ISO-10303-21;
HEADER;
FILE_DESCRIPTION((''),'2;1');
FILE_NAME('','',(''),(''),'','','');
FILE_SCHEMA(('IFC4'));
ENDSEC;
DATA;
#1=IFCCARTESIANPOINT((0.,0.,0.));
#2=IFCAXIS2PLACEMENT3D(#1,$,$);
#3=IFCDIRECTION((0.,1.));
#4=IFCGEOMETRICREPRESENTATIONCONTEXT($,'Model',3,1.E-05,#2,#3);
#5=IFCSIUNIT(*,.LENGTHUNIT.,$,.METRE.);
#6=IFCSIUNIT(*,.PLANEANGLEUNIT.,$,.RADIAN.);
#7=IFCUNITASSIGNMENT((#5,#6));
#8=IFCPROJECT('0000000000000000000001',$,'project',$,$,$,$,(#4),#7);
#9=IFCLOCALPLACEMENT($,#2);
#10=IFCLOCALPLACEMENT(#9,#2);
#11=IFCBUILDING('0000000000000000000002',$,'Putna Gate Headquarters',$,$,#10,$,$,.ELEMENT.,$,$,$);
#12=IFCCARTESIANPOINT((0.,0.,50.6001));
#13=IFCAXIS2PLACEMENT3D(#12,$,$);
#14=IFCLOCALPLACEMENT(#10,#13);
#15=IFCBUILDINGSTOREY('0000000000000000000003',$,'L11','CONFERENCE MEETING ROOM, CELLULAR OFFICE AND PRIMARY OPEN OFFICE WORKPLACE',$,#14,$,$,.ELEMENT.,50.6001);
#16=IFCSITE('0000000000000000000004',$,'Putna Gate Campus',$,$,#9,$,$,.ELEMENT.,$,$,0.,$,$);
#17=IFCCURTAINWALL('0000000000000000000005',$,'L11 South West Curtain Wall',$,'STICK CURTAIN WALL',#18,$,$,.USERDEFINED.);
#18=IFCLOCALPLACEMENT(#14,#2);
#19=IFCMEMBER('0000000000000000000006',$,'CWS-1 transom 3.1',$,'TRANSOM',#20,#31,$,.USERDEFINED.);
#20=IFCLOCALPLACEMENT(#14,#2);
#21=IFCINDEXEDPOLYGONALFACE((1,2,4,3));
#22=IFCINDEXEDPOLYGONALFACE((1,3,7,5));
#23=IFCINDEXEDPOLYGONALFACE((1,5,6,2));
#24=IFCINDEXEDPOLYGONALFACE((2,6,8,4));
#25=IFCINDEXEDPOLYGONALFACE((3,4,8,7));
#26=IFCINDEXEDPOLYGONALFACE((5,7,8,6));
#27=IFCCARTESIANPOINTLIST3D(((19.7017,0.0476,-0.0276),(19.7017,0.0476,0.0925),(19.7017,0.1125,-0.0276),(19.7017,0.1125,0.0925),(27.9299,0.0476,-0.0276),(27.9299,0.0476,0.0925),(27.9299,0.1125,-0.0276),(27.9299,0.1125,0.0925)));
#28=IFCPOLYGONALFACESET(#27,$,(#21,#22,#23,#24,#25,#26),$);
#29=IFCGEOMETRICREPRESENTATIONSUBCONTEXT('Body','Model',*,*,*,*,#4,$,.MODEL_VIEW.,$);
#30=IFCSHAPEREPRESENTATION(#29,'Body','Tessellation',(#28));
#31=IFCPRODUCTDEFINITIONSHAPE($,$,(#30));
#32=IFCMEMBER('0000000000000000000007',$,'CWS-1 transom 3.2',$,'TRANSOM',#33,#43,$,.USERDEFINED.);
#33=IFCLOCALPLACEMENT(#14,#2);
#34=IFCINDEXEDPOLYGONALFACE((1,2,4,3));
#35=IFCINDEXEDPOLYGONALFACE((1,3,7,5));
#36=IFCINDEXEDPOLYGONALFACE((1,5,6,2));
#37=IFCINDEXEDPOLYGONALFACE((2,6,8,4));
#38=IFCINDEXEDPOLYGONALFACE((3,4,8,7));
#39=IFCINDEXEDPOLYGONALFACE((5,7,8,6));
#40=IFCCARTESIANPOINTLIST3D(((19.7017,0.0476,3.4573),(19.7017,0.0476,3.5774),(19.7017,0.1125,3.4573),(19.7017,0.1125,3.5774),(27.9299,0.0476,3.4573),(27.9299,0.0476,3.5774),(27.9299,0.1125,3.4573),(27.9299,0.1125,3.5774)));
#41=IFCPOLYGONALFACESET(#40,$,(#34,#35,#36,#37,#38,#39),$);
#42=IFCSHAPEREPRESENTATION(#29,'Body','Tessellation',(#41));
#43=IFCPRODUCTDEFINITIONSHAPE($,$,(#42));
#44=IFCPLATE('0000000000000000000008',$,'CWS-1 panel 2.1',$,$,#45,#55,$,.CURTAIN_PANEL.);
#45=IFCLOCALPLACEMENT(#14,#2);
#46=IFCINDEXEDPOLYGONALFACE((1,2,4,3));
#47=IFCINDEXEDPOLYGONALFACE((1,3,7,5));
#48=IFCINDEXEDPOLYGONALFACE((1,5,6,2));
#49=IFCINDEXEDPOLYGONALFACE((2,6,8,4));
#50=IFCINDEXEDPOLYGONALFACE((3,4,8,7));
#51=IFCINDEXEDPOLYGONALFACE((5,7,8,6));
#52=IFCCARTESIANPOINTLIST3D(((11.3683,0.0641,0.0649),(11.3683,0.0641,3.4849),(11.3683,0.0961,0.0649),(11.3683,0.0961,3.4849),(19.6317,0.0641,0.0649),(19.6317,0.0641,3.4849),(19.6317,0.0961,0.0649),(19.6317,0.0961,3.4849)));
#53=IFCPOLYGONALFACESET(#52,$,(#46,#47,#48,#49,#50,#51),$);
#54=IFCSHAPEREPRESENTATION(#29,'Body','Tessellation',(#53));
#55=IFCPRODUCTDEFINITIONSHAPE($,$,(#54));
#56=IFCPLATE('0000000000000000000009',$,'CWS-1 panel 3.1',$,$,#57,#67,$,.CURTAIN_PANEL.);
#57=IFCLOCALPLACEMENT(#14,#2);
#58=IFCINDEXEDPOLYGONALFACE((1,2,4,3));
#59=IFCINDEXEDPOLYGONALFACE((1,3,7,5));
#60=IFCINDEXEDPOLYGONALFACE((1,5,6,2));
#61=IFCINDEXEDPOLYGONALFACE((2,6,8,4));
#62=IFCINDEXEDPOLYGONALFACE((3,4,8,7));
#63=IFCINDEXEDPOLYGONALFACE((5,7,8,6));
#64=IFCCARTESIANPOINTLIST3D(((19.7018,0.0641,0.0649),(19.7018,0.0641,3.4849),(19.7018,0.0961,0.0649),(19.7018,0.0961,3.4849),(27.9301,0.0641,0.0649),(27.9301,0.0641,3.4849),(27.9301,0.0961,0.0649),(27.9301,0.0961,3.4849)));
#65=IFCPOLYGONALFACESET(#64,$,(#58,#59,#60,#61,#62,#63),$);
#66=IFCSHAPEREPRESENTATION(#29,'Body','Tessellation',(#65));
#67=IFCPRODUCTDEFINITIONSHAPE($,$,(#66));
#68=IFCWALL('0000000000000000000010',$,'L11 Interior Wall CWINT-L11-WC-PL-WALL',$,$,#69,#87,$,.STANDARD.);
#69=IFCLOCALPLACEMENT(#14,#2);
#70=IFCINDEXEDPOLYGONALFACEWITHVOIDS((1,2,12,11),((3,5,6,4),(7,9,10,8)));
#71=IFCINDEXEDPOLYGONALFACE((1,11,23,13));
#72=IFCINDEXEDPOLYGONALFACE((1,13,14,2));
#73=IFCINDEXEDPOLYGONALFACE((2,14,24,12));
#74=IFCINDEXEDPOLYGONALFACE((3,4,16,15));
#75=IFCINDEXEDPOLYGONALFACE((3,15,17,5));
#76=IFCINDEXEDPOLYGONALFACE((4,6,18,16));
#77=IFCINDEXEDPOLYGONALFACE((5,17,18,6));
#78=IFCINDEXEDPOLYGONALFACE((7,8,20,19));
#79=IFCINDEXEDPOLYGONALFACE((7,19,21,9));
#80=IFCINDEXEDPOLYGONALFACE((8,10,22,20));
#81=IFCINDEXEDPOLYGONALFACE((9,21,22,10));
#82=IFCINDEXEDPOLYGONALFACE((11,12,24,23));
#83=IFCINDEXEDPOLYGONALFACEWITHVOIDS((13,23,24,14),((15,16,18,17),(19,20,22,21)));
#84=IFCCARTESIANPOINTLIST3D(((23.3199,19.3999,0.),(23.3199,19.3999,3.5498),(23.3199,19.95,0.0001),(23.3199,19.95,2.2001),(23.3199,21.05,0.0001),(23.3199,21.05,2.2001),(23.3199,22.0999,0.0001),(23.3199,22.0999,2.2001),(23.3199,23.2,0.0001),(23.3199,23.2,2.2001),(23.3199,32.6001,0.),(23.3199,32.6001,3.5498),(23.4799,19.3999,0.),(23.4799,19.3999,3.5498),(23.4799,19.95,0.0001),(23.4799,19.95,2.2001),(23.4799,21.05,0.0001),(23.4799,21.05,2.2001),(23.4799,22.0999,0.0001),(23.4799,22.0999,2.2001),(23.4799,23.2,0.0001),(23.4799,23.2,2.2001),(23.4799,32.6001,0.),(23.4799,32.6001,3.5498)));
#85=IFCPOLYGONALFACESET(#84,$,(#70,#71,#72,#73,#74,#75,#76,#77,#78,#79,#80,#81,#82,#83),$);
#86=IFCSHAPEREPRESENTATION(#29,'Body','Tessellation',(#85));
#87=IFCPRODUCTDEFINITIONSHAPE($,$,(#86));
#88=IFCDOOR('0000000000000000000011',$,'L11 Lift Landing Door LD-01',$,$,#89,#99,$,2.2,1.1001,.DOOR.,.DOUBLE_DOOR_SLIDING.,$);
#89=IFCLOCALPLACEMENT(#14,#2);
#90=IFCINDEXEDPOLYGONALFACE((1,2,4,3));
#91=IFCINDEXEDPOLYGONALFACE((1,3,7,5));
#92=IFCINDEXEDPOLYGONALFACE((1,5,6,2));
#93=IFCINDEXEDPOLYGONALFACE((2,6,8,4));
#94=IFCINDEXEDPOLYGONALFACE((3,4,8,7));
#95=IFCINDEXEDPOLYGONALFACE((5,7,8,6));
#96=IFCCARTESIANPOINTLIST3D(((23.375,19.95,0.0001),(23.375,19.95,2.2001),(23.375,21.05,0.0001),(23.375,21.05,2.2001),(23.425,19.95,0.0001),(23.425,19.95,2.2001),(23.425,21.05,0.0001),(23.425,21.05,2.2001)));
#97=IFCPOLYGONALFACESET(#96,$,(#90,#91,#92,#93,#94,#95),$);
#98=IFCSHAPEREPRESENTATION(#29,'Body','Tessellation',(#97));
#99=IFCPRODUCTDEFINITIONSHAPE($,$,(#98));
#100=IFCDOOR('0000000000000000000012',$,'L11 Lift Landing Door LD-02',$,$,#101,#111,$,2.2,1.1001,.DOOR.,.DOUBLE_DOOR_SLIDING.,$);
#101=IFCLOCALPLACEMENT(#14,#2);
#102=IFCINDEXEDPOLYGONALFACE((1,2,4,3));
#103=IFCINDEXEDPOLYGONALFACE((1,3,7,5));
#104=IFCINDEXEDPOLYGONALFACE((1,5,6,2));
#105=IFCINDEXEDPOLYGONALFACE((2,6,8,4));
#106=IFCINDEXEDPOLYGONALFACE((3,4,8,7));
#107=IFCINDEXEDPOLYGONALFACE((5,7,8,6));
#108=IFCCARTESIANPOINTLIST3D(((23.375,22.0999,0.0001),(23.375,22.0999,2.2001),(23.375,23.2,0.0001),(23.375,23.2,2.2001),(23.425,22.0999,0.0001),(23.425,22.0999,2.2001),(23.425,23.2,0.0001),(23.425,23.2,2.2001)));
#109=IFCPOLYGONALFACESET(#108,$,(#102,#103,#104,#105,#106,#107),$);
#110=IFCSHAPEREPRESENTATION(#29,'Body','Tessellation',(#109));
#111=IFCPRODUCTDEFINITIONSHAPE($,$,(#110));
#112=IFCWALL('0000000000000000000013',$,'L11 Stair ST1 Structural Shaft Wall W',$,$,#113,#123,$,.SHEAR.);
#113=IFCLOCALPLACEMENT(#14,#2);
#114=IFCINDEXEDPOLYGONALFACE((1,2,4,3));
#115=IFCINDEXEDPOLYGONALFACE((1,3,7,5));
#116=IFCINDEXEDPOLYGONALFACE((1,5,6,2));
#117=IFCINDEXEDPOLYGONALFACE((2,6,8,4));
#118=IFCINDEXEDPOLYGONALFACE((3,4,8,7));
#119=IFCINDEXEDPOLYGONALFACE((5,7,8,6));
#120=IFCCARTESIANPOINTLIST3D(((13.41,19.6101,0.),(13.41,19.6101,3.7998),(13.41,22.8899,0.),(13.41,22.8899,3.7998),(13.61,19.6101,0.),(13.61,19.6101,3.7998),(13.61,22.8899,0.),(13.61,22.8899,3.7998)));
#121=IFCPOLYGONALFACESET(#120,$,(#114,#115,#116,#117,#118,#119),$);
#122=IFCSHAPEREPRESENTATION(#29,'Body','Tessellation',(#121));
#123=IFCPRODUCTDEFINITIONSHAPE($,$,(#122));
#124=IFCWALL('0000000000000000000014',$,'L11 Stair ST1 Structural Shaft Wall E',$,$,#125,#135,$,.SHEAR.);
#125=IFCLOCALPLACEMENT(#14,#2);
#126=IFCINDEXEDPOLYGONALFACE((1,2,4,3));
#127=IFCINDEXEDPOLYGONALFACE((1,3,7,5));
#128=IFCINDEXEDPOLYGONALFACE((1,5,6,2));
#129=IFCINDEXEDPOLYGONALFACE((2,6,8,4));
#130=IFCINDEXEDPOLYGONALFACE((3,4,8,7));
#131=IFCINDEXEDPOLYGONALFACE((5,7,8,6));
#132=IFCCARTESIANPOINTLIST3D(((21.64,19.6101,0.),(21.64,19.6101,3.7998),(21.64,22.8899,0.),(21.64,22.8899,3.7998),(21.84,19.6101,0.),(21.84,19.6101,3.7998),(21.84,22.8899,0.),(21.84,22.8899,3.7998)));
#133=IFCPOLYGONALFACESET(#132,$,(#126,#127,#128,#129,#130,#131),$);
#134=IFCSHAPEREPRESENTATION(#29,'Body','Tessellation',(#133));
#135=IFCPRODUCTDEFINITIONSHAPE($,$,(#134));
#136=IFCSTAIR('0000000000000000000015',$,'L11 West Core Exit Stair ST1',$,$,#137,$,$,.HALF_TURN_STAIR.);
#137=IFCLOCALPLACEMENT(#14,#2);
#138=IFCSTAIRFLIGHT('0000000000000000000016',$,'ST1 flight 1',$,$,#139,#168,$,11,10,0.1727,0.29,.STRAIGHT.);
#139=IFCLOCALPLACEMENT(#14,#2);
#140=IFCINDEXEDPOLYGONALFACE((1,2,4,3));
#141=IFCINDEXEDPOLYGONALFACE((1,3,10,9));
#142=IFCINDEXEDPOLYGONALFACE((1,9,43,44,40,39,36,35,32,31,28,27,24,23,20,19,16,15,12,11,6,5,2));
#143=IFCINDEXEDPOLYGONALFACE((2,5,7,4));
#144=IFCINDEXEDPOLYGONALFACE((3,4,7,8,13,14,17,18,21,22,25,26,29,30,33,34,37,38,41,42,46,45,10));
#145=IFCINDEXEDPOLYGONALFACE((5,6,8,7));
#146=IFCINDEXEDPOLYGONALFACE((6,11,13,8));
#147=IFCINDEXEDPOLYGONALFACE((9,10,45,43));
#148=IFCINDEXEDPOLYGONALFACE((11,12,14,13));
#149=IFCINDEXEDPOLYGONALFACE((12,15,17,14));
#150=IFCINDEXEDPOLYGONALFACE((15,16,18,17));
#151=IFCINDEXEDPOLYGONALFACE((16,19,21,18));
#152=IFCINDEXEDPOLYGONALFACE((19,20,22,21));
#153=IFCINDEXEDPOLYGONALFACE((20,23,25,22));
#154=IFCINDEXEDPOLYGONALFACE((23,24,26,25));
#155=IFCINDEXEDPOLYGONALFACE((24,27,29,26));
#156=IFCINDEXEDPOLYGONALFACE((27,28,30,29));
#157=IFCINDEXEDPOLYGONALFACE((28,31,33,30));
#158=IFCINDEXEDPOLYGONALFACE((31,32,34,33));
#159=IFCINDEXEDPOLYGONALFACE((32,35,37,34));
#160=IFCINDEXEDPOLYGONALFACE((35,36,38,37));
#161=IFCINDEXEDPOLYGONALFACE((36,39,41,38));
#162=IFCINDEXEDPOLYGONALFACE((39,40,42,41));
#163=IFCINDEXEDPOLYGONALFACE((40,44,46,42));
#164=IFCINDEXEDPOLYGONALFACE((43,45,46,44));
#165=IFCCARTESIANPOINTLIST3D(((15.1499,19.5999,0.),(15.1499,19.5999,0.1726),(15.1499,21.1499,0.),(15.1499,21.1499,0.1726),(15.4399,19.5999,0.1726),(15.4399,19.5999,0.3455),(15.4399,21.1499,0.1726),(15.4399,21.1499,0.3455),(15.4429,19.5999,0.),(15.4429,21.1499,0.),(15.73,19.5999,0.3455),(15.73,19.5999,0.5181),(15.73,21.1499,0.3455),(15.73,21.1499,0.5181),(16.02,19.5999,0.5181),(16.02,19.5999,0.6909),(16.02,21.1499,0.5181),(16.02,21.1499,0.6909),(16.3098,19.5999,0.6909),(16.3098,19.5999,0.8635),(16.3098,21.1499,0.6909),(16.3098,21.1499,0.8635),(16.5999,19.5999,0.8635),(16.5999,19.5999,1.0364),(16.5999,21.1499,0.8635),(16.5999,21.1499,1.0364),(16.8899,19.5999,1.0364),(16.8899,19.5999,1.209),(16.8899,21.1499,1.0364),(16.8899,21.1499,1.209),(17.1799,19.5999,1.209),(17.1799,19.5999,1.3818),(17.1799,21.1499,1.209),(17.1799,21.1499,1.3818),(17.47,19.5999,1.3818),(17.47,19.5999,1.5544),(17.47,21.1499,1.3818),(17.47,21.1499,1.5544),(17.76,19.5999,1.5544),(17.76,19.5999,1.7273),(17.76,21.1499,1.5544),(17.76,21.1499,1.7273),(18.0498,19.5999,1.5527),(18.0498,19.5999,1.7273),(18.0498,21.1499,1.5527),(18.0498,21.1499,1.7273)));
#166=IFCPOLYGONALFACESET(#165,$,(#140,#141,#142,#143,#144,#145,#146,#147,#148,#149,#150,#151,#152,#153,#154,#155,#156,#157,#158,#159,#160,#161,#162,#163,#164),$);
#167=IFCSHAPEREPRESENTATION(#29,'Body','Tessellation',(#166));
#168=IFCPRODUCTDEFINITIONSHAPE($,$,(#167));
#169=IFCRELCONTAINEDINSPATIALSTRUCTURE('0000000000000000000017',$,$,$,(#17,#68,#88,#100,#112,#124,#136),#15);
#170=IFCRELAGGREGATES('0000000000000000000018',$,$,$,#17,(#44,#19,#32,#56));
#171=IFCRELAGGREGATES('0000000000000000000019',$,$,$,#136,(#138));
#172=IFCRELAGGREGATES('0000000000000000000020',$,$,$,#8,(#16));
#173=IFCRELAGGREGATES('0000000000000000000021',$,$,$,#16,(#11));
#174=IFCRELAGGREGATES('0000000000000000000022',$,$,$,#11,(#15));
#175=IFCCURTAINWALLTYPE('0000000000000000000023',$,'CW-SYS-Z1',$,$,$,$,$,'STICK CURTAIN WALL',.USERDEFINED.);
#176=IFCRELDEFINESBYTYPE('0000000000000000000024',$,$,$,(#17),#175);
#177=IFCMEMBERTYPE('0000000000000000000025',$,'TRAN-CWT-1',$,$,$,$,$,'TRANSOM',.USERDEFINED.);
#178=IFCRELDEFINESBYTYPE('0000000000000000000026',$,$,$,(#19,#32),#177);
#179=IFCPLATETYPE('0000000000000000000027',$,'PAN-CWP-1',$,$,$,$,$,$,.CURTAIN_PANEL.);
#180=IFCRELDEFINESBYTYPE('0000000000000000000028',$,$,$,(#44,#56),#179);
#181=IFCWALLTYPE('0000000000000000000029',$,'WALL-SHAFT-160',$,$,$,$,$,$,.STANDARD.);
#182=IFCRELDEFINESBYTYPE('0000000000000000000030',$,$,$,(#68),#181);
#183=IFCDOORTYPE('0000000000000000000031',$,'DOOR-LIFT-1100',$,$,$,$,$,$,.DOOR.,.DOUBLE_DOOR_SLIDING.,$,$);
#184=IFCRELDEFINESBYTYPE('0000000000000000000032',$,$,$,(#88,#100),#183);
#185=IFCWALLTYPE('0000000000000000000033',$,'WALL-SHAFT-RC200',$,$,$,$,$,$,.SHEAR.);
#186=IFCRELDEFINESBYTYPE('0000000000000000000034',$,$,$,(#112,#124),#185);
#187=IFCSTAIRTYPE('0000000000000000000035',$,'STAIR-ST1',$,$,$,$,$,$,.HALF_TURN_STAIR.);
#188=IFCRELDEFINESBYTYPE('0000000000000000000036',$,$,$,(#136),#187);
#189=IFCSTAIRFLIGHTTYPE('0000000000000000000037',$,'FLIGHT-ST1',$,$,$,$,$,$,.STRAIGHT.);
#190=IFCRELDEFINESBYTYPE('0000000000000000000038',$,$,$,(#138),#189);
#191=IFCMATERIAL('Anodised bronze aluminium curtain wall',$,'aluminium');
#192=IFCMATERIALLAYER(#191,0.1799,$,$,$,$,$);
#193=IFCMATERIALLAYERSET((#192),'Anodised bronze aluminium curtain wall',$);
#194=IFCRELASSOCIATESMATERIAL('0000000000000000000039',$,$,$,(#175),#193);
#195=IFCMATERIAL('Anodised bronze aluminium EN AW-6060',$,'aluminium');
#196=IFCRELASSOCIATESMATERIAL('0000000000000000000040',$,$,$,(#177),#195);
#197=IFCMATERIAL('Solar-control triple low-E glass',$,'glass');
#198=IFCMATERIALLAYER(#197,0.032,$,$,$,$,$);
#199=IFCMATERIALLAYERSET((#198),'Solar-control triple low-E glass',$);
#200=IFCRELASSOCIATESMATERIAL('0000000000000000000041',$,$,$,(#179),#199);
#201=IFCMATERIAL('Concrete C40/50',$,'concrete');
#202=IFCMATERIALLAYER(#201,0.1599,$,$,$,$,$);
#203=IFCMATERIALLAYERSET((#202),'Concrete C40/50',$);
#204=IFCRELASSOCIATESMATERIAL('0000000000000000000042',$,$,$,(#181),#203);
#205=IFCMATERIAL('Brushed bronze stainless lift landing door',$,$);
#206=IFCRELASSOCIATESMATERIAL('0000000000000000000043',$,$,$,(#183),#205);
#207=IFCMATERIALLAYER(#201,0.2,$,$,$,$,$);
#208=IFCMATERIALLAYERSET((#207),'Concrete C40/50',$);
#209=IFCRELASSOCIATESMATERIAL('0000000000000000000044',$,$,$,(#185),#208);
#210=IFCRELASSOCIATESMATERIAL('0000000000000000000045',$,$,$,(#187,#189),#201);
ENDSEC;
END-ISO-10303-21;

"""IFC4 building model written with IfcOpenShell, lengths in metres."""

from ifc_helpers import new_model, si_unit, direction, frame, frame_2d, origin, origin_2d, place, context, subcontext, project, spatial, polyline, rectangle, outline, extrude, material, layer, layer_set, material_profile, profile_set, type_object, element, fill, aggregate, save


model = new_model("IFC4")

# Units and contexts
model_context = context("Model", 3, precision=1e-05, world=origin(), true_north=direction((0.0, 1.0)))
body_context = subcontext(model_context, "Body", "Model", "MODEL_VIEW")
ifc_project = project(units=[si_unit("LENGTHUNIT", "METRE"), si_unit("PLANEANGLEUNIT", "RADIAN")], contexts=[model_context])

# Site, building, storey
site_placement = place(None, origin())
site = spatial("IfcSite", under=ifc_project, at=site_placement, Name="Putna Gate Campus", CompositionType="ELEMENT", RefElevation=0.0)
building_placement = place(site_placement, origin())
building = spatial("IfcBuilding", under=site, at=building_placement, Name="Putna Gate Headquarters", CompositionType="ELEMENT")
storey_placement = place(building_placement, frame((0.0, 0.0, 50.6001)))
storey = spatial("IfcBuildingStorey", under=building, at=storey_placement, Name="L11", Description="CONFERENCE MEETING ROOM, CELLULAR OFFICE AND PRIMARY OPEN OFFICE WORKPLACE", CompositionType="ELEMENT", Elevation=50.6001)

# Curtain wall, members, plates
ifc_material_1 = material(Name="Anodised bronze aluminium curtain wall", Category="aluminium")
ifc_layer_1 = layer(ifc_material_1, 0.1799)
ifc_layer_set_1 = layer_set([ifc_layer_1], Name="Anodised bronze aluminium curtain wall")
curtain_wall_type = type_object("IfcCurtainWallType", Name="CW-SYS-Z1", ElementType="STICK CURTAIN WALL", PredefinedType="USERDEFINED", material=ifc_layer_set_1)
curtain_wall_placement = place(storey_placement, origin())
curtain_wall = element("IfcCurtainWall", 1, at=curtain_wall_placement, inside=storey, type_object=curtain_wall_type, Name="L11 South West Curtain Wall", ObjectType="STICK CURTAIN WALL", PredefinedType="USERDEFINED")
ifc_material_2 = material(Name="Anodised bronze aluminium EN AW-6060", Category="aluminium")
ifc_material_profile_1 = material_profile(ifc_material_2, rectangle(XDim=0.0649, YDim=0.1201, at=origin_2d()), Name="Anodised bronze aluminium EN AW-6060")
ifc_profile_set_1 = profile_set([ifc_material_profile_1], Name="Anodised bronze aluminium EN AW-6060")
member_type_1 = type_object("IfcMemberType", Name="TRAN-CWT-1", ElementType="TRANSOM", PredefinedType="USERDEFINED", material=ifc_profile_set_1)
member_1_placement = place(storey_placement, frame((19.7017, 0.0801, 0.0325), z_axis=(1.0, 0.0, 0.0), x_axis=(0.0, 1.0, 0.0)))
member_1 = element("IfcMember", 2, at=member_1_placement, type_object=member_type_1, Name="CWS-1 transom 3.1", ObjectType="TRANSOM", PredefinedType="USERDEFINED", context=body_context, shape_type="SweptSolid", body=[
    extrude(rectangle(XDim=0.0649, YDim=0.1201, at=origin_2d()), origin(), (0.0, 0.0, 1.0), 8.2283),
])
member_2_placement = place(storey_placement, frame((19.7017, 0.0801, 3.5173), z_axis=(1.0, 0.0, 0.0), x_axis=(0.0, 1.0, 0.0)))
member_2 = element("IfcMember", 3, at=member_2_placement, type_object=member_type_1, Name="CWS-1 transom 3.2", ObjectType="TRANSOM", PredefinedType="USERDEFINED", context=body_context, shape_type="SweptSolid", body=[
    extrude(rectangle(XDim=0.0649, YDim=0.1201, at=origin_2d()), origin(), (0.0, 0.0, 1.0), 8.2283),
])
ifc_material_3 = material(Name="Solar-control triple low-E glass", Category="glass")
ifc_layer_2 = layer(ifc_material_3, 0.032)
ifc_layer_set_2 = layer_set([ifc_layer_2], Name="Solar-control triple low-E glass")
plate_type = type_object("IfcPlateType", Name="PAN-CWP-1", PredefinedType="CURTAIN_PANEL", material=ifc_layer_set_2)
plate_1_placement = place(storey_placement, frame((15.5, 0.0801, 0.0649), z_axis=(0.0, 0.0, 1.0), x_axis=(1.0, 0.0, 0.0)))
plate_1 = element("IfcPlate", 4, at=plate_1_placement, type_object=plate_type, Name="CWS-1 panel 2.1", PredefinedType="CURTAIN_PANEL", context=body_context, shape_type="SweptSolid", body=[
    extrude(rectangle(XDim=8.2634, YDim=0.032, at=origin_2d()), origin(), (0.0, 0.0, 1.0), 3.4199),
])
plate_2_placement = place(storey_placement, frame((23.8159, 0.0801, 0.0649), z_axis=(0.0, 0.0, 1.0), x_axis=(1.0, 0.0, 0.0)))
plate_2 = element("IfcPlate", 5, at=plate_2_placement, type_object=plate_type, Name="CWS-1 panel 3.1", PredefinedType="CURTAIN_PANEL", context=body_context, shape_type="SweptSolid", body=[
    extrude(rectangle(XDim=8.2283, YDim=0.032, at=origin_2d()), origin(), (0.0, 0.0, 1.0), 3.4199),
])
aggregate(curtain_wall, [plate_1, member_1, member_2, plate_2])

# Wall, openings, doors
ifc_material_4 = material(Name="Concrete C40/50", Category="concrete")
ifc_layer_3 = layer(ifc_material_4, 0.1599)
ifc_layer_set_3 = layer_set([ifc_layer_3], Name="Concrete C40/50")
wall_type_1 = type_object("IfcWallType", Name="WALL-SHAFT-160", PredefinedType="STANDARD", material=ifc_layer_set_3)
wall_placement = place(storey_placement, frame((23.3999, 19.3999, 0.0), z_axis=(0.0, 0.0, 1.0), x_axis=(0.0, 1.0, 0.0)))
wall = element("IfcWall", 6, at=wall_placement, inside=storey, type_object=wall_type_1, Name="L11 Interior Wall CWINT-L11-WC-PL-WALL", PredefinedType="STANDARD", context=body_context, shape_type="SweptSolid", body=[
    extrude(rectangle(XDim=13.2002, YDim=0.1599, at=frame_2d((6.6001, 0.0))), origin(), (0.0, 0.0, 1.0), 3.5498),
])
opening_1_placement = place(wall_placement, frame((0.55, 0.0, 0.0)))
opening_1 = element("IfcOpeningElement", 7, at=opening_1_placement, cuts=wall, PredefinedType="OPENING", context=body_context, shape_type="SweptSolid", body=[
    extrude(rectangle(XDim=1.1001, YDim=2.2, at=frame_2d((0.55, 1.1001))), frame((0.0, 0.0898, 0.0), z_axis=(0.0, -1.0, 0.0), x_axis=(1.0, 0.0, 0.0)), (0.0, 0.0, 1.0), 0.1799),
])
opening_2_placement = place(wall_placement, frame((2.7, 0.0, 0.0)))
opening_2 = element("IfcOpeningElement", 8, at=opening_2_placement, cuts=wall, PredefinedType="OPENING", context=body_context, shape_type="SweptSolid", body=[
    extrude(rectangle(XDim=1.1001, YDim=2.2, at=frame_2d((0.55, 1.1001))), frame((0.0, 0.0898, 0.0), z_axis=(0.0, -1.0, 0.0), x_axis=(1.0, 0.0, 0.0)), (0.0, 0.0, 1.0), 0.1799),
])
ifc_material_5 = material(Name="Brushed bronze stainless lift landing door")
door_type = type_object("IfcDoorType", Name="DOOR-LIFT-1100", OperationType="DOUBLE_DOOR_SLIDING", PredefinedType="DOOR", material=ifc_material_5)
door_1_placement = place(opening_1_placement, origin())
door_1 = element("IfcDoor", 9, at=door_1_placement, inside=storey, type_object=door_type, Name="L11 Lift Landing Door LD-01", OperationType="DOUBLE_DOOR_SLIDING", OverallHeight=2.2, OverallWidth=1.1001, PredefinedType="DOOR", context=body_context, shape_type="SweptSolid", body=[
    extrude(rectangle(XDim=1.1001, YDim=2.2, at=frame_2d((0.55, 1.1001))), frame((0.0, 0.0249, 0.0), z_axis=(0.0, -1.0, 0.0), x_axis=(1.0, 0.0, 0.0)), (0.0, 0.0, 1.0), 0.05),
])
fill(opening_1, door_1)
door_2_placement = place(opening_2_placement, origin())
door_2 = element("IfcDoor", 10, at=door_2_placement, inside=storey, type_object=door_type, Name="L11 Lift Landing Door LD-02", OperationType="DOUBLE_DOOR_SLIDING", OverallHeight=2.2, OverallWidth=1.1001, PredefinedType="DOOR", context=body_context, shape_type="SweptSolid", body=[
    extrude(rectangle(XDim=1.1001, YDim=2.2, at=frame_2d((0.55, 1.1001))), frame((0.0, 0.0249, 0.0), z_axis=(0.0, -1.0, 0.0), x_axis=(1.0, 0.0, 0.0)), (0.0, 0.0, 1.0), 0.05),
])
fill(opening_2, door_2)

# Walls
ifc_layer_4 = layer(ifc_material_4, 0.2)
ifc_layer_set_4 = layer_set([ifc_layer_4], Name="Concrete C40/50")
wall_type_2 = type_object("IfcWallType", Name="WALL-SHAFT-RC200", PredefinedType="SHEAR", material=ifc_layer_set_4)
for number, where, z_axis, x_axis, name in (
    (11, (13.51, 19.6101, 0.0), (0.0, 0.0, 1.0), (0.0, 1.0, 0.0), "L11 Stair ST1 Structural Shaft Wall W"),
    (12, (21.74, 19.6101, 0.0), (0.0, 0.0, 1.0), (0.0, 1.0, 0.0), "L11 Stair ST1 Structural Shaft Wall E"),
):
    element("IfcWall", number, at=place(storey_placement, frame(where, z_axis=z_axis, x_axis=x_axis)), inside=storey, type_object=wall_type_2, Name=name, PredefinedType="SHEAR", context=body_context, shape_type="SweptSolid", body=[
        extrude(rectangle(XDim=3.2798, YDim=0.2, at=frame_2d((1.6399, 0.0))), origin(), (0.0, 0.0, 1.0), 3.7998),
    ])

# Stair, stair flight
stair_type = type_object("IfcStairType", Name="STAIR-ST1", PredefinedType="HALF_TURN_STAIR", material=ifc_material_4)
stair_placement = place(storey_placement, origin())
stair = element("IfcStair", 13, at=stair_placement, inside=storey, type_object=stair_type, Name="L11 West Core Exit Stair ST1", PredefinedType="HALF_TURN_STAIR")
stair_flight_type = type_object("IfcStairFlightType", Name="FLIGHT-ST1", PredefinedType="STRAIGHT", material=ifc_material_4)
stair_flight_placement = place(storey_placement, frame((15.1499, 20.375, 0.0), z_axis=(0.0, 0.0, 1.0), x_axis=(1.0, 0.0, 0.0)))
stair_flight = element("IfcStairFlight", 14, at=stair_flight_placement, type_object=stair_flight_type, Name="ST1 flight 1", NumberOfRisers=11, NumberOfTreads=10, PredefinedType="STRAIGHT", RiserHeight=0.1727, TreadLength=0.29, context=body_context, shape_type="SweptSolid", body=[
    extrude(outline(polyline([(0.0, 0.0), (0.0, 0.1726), (0.29, 0.1726), (0.29, 0.3455), (0.5801, 0.3455), (0.5801, 0.5181), (0.8701, 0.5181), (0.8701, 0.6909), (1.1599, 0.6909), (1.1599, 0.8635), (1.45, 0.8635), (1.45, 1.0364), (1.74, 1.0364), (1.74, 1.209), (2.03, 1.209), (2.03, 1.3818), (2.3201, 1.3818), (2.3201, 1.5544), (2.6101, 1.5544), (2.6101, 1.7273), (2.8999, 1.7273), (2.8999, 1.8999), (2.8999, 1.5527), (0.293, 0.0), (0.0, 0.0)])), frame((0.0, 0.7749, 0.0), z_axis=(0.0, -1.0, 0.0), x_axis=(1.0, 0.0, 0.0)), (0.0, 0.0, 1.0), 1.55),
])
aggregate(stair, [stair_flight])

save(model, "model.ifc")
